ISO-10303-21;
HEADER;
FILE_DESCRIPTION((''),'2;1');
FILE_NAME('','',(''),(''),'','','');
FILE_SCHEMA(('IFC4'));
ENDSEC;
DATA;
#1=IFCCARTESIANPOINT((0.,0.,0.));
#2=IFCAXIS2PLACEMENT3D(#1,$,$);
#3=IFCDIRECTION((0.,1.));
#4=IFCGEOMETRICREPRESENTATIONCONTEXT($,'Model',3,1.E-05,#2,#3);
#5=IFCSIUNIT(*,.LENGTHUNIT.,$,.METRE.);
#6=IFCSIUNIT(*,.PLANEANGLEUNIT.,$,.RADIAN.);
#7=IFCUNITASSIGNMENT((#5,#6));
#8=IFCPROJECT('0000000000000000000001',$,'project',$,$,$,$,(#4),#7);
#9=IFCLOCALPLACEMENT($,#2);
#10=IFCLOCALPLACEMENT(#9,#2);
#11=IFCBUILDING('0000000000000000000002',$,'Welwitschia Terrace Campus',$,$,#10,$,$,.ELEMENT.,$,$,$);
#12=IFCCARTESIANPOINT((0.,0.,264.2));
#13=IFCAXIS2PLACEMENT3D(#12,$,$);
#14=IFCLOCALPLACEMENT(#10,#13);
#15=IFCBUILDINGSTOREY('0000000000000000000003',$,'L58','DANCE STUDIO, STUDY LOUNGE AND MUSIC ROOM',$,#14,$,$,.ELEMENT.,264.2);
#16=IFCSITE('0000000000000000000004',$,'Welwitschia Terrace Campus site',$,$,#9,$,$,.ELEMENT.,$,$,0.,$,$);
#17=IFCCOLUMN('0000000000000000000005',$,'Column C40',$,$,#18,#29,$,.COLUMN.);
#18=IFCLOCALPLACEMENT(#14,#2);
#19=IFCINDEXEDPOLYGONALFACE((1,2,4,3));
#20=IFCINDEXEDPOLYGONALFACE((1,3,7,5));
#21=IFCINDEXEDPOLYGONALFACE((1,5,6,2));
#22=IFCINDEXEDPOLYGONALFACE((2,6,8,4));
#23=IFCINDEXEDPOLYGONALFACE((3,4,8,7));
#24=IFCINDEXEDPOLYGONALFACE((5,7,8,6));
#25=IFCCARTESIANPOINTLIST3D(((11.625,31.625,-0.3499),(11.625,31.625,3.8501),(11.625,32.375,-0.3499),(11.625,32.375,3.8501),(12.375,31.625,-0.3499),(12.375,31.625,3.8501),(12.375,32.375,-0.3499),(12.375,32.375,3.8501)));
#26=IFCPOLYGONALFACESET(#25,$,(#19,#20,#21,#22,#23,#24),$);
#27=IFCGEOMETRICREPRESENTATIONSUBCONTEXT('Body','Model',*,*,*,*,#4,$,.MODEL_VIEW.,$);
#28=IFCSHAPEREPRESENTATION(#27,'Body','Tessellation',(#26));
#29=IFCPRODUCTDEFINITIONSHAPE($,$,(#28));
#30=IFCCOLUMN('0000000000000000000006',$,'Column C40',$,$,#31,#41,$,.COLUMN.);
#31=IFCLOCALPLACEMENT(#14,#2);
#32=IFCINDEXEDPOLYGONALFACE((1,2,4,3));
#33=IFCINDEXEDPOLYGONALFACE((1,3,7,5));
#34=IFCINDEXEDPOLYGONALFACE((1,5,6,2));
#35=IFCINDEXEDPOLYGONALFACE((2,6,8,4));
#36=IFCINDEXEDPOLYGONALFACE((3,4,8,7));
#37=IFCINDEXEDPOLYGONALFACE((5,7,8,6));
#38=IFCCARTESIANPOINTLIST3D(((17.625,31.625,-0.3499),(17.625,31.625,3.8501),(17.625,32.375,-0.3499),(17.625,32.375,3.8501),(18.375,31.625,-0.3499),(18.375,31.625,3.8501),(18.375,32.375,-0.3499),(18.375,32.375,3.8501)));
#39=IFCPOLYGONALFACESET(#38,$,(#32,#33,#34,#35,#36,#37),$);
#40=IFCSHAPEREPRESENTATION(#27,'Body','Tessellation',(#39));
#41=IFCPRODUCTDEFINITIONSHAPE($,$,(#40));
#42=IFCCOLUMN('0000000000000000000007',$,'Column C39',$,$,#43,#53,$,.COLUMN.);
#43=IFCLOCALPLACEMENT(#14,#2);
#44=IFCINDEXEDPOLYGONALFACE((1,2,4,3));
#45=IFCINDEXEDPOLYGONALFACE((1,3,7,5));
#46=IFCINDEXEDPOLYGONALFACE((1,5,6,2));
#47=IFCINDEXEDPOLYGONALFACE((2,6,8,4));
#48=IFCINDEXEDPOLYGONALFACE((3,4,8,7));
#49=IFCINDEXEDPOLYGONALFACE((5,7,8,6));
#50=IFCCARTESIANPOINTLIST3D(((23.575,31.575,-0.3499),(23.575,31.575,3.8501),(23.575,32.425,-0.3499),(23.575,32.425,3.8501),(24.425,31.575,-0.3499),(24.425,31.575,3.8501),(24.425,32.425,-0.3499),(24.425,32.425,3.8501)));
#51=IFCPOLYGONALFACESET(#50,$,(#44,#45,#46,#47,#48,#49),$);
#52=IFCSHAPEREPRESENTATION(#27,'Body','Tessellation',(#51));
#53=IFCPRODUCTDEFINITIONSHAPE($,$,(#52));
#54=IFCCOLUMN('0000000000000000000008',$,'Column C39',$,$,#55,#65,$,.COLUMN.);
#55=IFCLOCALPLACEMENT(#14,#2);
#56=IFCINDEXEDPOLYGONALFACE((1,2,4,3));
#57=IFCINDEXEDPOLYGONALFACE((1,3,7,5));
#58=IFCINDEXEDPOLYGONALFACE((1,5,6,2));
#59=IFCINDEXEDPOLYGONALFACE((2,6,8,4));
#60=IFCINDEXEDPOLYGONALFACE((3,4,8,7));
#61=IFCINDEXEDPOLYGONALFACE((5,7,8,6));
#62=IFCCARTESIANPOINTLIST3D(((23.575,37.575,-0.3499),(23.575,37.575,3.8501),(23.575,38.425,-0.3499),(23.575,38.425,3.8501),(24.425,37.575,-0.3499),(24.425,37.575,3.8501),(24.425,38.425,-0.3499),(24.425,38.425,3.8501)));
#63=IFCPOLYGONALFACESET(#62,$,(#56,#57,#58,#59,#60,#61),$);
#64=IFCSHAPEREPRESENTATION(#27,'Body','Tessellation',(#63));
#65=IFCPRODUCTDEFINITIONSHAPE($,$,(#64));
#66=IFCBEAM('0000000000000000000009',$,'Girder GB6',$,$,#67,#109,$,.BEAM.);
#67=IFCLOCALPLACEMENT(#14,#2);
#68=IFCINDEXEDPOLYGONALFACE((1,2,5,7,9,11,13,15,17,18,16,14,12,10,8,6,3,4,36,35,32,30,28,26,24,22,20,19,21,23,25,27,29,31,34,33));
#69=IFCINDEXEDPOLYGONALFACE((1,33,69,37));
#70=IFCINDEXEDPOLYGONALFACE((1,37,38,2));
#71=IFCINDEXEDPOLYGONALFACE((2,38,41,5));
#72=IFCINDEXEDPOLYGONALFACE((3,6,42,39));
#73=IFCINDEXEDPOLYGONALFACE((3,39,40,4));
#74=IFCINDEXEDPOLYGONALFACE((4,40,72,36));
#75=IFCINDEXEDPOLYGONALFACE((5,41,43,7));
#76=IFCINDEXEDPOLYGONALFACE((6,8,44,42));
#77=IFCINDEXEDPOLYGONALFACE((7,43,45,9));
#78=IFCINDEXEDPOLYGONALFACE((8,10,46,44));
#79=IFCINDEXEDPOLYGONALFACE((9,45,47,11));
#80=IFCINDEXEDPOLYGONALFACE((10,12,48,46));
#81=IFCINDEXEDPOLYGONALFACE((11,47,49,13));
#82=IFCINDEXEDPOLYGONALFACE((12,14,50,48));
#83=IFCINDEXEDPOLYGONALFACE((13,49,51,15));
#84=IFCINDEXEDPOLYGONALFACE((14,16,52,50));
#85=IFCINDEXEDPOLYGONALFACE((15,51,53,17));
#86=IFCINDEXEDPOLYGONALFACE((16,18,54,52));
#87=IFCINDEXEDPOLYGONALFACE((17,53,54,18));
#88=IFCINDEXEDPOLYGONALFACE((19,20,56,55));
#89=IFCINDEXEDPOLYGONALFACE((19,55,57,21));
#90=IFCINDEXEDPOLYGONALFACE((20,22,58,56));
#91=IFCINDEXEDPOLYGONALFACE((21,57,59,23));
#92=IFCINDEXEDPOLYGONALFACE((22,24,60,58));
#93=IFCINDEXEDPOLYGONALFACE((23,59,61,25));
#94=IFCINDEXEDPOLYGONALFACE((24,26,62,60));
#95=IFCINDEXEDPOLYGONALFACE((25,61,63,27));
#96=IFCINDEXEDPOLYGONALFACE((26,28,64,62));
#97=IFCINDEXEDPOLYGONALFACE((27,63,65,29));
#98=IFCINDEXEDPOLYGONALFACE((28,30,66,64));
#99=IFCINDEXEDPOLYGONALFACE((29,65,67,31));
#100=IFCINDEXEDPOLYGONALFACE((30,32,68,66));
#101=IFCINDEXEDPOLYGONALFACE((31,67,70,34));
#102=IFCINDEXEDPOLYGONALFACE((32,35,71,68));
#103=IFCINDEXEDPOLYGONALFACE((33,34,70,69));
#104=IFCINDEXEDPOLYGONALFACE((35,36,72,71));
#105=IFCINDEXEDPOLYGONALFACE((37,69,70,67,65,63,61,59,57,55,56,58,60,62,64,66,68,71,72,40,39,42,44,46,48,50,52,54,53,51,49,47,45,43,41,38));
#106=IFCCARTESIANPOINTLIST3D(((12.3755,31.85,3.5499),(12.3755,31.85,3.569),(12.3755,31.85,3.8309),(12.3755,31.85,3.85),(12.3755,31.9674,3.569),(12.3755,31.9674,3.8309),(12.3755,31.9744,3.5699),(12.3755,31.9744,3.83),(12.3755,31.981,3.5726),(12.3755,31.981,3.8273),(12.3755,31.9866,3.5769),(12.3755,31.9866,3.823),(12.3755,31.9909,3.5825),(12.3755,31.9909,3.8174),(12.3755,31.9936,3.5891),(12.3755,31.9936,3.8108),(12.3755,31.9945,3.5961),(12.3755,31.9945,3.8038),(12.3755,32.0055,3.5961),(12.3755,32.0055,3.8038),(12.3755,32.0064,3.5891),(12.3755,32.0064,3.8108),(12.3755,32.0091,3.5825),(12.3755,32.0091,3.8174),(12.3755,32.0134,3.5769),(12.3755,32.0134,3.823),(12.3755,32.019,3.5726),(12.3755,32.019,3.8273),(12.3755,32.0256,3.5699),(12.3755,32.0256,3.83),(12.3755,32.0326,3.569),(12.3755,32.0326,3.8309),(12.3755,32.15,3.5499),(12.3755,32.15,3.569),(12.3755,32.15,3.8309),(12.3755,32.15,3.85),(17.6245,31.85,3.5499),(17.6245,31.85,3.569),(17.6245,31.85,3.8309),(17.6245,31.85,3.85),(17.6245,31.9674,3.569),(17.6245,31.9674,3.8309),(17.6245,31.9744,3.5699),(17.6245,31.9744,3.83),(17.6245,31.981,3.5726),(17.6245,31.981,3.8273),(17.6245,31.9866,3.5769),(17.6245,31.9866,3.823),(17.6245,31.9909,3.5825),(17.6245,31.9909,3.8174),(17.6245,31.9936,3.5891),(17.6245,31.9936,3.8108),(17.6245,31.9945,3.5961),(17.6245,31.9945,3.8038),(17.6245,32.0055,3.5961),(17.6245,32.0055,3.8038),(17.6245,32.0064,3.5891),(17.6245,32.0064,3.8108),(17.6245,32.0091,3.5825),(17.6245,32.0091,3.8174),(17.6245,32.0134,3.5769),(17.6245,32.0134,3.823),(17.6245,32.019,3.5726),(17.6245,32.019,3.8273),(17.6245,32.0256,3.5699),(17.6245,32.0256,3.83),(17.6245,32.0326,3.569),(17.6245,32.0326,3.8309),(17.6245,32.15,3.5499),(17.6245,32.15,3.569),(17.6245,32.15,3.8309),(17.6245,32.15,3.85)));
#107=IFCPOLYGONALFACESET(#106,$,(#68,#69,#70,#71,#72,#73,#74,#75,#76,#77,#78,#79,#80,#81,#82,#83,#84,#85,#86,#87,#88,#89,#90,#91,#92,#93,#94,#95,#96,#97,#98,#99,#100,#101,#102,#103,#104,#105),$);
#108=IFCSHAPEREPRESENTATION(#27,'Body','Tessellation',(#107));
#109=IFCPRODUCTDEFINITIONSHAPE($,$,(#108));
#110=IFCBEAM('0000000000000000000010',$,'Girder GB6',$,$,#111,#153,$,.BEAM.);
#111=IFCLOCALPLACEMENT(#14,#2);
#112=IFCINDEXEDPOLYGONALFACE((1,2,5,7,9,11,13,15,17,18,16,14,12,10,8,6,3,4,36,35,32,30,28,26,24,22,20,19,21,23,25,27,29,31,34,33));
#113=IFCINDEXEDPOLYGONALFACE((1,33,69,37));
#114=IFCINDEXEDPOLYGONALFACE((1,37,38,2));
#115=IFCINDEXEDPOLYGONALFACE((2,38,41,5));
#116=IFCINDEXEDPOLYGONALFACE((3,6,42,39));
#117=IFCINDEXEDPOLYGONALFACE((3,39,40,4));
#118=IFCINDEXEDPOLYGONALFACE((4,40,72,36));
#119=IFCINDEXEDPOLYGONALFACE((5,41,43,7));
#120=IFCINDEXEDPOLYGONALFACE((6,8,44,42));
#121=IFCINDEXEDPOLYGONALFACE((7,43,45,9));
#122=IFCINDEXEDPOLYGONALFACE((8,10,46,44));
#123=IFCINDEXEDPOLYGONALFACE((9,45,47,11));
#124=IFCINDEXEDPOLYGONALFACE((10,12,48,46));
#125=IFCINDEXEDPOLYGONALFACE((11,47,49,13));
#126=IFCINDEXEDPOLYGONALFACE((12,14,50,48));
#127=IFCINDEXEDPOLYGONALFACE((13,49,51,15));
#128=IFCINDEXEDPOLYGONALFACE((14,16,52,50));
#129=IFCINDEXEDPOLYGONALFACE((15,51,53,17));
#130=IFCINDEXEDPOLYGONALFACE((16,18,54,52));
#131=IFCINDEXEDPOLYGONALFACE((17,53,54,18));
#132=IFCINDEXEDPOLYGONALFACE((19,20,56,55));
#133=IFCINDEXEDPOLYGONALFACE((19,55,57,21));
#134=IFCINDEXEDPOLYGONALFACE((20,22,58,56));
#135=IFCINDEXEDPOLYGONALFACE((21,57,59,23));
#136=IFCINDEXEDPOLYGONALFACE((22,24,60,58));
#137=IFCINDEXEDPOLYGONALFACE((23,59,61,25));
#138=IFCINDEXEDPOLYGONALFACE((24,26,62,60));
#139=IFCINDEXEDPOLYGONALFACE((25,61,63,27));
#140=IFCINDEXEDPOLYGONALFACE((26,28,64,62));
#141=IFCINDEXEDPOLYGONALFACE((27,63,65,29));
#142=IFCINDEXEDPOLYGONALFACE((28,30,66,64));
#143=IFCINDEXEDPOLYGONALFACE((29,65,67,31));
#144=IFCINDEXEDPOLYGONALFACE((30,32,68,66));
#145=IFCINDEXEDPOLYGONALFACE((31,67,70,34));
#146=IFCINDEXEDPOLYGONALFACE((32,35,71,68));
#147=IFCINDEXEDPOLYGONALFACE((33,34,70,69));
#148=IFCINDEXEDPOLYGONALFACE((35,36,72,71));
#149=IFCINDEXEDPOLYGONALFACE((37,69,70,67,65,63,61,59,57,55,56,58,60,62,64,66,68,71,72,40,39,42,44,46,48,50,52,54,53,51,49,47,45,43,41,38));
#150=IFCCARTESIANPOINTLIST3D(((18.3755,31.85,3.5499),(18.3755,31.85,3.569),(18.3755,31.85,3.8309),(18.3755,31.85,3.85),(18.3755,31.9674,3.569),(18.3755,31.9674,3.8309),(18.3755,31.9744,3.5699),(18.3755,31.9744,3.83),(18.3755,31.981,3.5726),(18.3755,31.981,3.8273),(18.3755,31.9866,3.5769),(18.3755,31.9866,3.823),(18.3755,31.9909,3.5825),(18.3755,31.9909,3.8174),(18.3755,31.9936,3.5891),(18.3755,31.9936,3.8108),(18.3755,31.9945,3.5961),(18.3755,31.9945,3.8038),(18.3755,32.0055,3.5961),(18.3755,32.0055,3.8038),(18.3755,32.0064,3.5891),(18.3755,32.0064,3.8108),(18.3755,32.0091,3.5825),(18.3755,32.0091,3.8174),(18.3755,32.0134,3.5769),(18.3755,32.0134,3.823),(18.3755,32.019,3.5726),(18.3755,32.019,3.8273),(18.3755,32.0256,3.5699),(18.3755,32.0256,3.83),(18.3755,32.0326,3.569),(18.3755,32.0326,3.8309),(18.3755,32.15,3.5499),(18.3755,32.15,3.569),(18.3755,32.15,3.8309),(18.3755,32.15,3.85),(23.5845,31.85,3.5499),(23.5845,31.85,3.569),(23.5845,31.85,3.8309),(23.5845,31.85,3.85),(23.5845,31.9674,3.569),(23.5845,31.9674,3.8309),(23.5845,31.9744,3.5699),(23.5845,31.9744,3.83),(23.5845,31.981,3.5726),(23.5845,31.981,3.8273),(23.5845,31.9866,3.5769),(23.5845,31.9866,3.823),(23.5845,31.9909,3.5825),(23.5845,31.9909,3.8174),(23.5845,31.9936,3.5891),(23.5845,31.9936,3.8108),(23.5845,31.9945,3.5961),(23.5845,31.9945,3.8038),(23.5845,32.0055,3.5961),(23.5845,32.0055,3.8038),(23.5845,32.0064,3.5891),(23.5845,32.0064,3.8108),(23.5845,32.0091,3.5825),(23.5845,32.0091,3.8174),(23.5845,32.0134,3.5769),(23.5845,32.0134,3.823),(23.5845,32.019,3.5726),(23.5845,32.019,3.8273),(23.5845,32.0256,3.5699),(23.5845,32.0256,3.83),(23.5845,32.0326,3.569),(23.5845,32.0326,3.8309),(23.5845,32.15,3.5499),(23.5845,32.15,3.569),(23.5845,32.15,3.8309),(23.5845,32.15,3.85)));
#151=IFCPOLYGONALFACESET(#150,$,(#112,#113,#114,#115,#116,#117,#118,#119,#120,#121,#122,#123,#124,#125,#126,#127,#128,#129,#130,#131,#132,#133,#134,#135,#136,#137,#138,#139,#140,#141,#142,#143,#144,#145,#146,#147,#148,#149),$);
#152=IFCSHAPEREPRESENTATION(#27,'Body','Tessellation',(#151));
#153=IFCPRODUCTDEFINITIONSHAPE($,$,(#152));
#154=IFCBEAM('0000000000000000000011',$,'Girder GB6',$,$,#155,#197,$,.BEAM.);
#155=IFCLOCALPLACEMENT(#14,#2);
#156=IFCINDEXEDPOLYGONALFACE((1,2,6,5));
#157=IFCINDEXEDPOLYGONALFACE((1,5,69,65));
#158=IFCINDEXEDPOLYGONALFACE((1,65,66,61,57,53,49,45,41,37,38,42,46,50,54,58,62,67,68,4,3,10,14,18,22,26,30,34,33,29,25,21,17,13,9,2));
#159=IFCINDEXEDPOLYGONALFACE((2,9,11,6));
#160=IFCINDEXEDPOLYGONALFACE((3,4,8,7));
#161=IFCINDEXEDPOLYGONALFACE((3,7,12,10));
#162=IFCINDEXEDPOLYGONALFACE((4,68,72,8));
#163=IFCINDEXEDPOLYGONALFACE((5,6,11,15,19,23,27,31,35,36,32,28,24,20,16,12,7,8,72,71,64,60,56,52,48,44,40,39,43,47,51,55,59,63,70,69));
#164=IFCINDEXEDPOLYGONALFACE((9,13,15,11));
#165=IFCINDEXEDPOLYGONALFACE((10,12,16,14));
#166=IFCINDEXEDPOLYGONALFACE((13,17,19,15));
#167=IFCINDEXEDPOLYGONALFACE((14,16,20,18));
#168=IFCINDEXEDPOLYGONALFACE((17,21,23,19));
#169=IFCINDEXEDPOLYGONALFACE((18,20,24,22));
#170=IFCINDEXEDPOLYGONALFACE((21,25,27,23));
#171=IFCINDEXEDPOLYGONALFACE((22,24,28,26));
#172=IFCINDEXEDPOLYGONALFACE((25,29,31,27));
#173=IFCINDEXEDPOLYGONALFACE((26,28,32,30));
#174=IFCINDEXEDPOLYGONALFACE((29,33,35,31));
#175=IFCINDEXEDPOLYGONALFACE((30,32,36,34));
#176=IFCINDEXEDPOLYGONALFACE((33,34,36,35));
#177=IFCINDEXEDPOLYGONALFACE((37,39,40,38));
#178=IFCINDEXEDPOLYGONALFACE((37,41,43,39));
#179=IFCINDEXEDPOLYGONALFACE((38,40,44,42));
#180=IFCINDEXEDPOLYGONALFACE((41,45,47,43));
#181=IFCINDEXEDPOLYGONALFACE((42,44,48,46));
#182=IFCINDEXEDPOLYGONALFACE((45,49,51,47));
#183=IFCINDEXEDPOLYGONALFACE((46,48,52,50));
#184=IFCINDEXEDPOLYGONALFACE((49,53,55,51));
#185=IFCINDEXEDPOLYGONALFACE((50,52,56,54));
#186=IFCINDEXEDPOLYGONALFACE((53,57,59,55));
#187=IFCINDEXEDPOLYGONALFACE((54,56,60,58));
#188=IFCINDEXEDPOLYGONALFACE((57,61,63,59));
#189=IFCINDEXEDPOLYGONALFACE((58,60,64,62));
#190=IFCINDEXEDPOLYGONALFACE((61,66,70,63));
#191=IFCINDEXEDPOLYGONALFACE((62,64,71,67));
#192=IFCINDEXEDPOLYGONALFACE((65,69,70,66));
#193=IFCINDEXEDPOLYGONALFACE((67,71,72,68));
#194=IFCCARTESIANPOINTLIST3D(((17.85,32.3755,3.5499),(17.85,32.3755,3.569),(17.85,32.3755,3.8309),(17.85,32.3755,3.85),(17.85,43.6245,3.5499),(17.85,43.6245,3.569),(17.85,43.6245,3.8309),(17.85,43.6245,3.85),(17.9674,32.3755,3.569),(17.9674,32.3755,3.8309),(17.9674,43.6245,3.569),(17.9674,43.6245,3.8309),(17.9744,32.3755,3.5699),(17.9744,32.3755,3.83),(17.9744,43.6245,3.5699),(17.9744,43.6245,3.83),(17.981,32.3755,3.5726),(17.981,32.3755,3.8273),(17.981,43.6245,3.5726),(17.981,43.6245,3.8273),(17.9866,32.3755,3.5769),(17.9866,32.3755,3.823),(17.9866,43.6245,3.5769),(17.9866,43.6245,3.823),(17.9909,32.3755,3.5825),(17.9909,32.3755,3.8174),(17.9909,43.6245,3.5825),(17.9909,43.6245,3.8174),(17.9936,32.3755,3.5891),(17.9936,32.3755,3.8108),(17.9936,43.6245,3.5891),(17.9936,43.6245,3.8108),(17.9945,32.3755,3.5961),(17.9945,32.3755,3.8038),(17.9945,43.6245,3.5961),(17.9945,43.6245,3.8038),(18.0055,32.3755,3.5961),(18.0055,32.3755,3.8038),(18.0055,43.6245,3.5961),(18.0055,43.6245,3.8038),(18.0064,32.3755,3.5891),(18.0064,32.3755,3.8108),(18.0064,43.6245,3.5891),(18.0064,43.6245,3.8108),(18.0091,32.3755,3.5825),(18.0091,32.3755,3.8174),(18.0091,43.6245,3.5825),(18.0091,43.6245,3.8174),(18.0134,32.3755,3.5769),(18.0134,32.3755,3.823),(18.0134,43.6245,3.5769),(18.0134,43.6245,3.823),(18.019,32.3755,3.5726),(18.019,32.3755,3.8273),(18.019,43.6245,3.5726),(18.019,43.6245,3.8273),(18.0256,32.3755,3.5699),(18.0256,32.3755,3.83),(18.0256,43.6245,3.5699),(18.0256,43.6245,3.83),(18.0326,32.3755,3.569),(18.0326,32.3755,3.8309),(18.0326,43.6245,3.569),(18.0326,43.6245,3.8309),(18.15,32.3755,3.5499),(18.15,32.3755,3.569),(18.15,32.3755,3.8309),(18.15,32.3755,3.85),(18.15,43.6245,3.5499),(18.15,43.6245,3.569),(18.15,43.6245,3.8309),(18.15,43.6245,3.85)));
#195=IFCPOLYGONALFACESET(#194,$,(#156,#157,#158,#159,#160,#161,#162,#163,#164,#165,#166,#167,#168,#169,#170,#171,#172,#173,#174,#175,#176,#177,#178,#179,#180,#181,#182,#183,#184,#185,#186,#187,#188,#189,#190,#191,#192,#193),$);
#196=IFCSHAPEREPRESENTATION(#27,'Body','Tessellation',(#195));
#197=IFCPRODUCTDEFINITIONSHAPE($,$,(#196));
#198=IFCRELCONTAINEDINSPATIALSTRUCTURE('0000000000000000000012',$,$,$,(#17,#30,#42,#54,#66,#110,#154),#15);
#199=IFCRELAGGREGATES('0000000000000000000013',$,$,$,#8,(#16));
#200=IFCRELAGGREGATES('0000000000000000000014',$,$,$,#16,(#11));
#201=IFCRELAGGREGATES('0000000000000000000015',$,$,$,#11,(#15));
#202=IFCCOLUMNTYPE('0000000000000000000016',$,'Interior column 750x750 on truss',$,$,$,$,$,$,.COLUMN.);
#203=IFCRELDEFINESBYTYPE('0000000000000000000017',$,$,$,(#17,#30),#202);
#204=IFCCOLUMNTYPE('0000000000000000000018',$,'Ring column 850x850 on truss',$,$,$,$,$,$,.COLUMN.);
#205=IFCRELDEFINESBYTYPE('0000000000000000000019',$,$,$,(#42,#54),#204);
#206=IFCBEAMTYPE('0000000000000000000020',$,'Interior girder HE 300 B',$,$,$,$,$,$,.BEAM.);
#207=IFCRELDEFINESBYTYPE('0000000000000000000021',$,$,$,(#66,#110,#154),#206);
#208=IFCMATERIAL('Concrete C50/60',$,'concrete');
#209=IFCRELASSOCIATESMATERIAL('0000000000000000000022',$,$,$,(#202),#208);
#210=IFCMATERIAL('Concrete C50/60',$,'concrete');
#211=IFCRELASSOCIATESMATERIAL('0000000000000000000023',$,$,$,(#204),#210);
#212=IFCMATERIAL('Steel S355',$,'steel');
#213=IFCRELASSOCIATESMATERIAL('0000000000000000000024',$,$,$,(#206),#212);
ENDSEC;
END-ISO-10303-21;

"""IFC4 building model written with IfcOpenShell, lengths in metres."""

from ifc_helpers import new_model, si_unit, direction, frame, origin, origin_2d, place, context, subcontext, project, spatial, rectangle, i_section, extrude, material, material_profile, profile_set, type_object, element, save


model = new_model("IFC4")

# Units and contexts
model_context = context("Model", 3, precision=1e-05, world=origin(), true_north=direction((0.0, 1.0)))
body_context = subcontext(model_context, "Body", "Model", "MODEL_VIEW")
ifc_project = project(units=[si_unit("LENGTHUNIT", "METRE"), si_unit("PLANEANGLEUNIT", "RADIAN")], contexts=[model_context])

# Site, building, storey
site_placement = place(None, origin())
site = spatial("IfcSite", under=ifc_project, at=site_placement, Name="Welwitschia Terrace Campus site", CompositionType="ELEMENT", RefElevation=0.0)
building_placement = place(site_placement, origin())
building = spatial("IfcBuilding", under=site, at=building_placement, Name="Welwitschia Terrace Campus", CompositionType="ELEMENT")
storey_placement = place(building_placement, frame((0.0, 0.0, 264.2)))
storey = spatial("IfcBuildingStorey", under=building, at=storey_placement, Name="L58", Description="DANCE STUDIO, STUDY LOUNGE AND MUSIC ROOM", CompositionType="ELEMENT", Elevation=264.2)

# Columns
ifc_material_1 = material(Name="Concrete C50/60", Category="concrete")
ifc_material_profile_1 = material_profile(ifc_material_1, rectangle(XDim=0.75, YDim=0.75, at=origin_2d()))
ifc_profile_set_1 = profile_set([ifc_material_profile_1], Name="Concrete C50/60")
column_type_1 = type_object("IfcColumnType", Name="Interior column 750x750 on truss", PredefinedType="COLUMN", material=ifc_profile_set_1)
for number, where, z_axis, x_axis, name in (
    (1, (12.0, 32.0, -0.3499), (0.0, 0.0, 1.0), (1.0, 0.0, 0.0), "Column C40"),
    (2, (18.0, 32.0, -0.3499), (0.0, 0.0, 1.0), (1.0, 0.0, 0.0), "Column C40"),
):
    element("IfcColumn", number, at=place(storey_placement, frame(where, z_axis=z_axis, x_axis=x_axis)), inside=storey, type_object=column_type_1, Name=name, PredefinedType="COLUMN", context=body_context, shape_type="SweptSolid", body=[
        extrude(rectangle(XDim=0.75, YDim=0.75, at=origin_2d()), origin(), (0.0, 0.0, 1.0), 4.2),
    ])
ifc_material_2 = material(Name="Concrete C50/60", Category="concrete")
ifc_material_profile_2 = material_profile(ifc_material_2, rectangle(XDim=0.8501, YDim=0.8501, at=origin_2d()))
ifc_profile_set_2 = profile_set([ifc_material_profile_2], Name="Concrete C50/60")
column_type_2 = type_object("IfcColumnType", Name="Ring column 850x850 on truss", PredefinedType="COLUMN", material=ifc_profile_set_2)
for number, where, z_axis, x_axis, name in (
    (3, (24.0, 32.0, -0.3499), (0.0, 0.0, 1.0), (1.0, 0.0, 0.0), "Column C39"),
    (4, (24.0, 38.0, -0.3499), (0.0, 0.0, 1.0), (1.0, 0.0, 0.0), "Column C39"),
):
    element("IfcColumn", number, at=place(storey_placement, frame(where, z_axis=z_axis, x_axis=x_axis)), inside=storey, type_object=column_type_2, Name=name, PredefinedType="COLUMN", context=body_context, shape_type="SweptSolid", body=[
        extrude(rectangle(XDim=0.8501, YDim=0.8501, at=origin_2d()), origin(), (0.0, 0.0, 1.0), 4.2),
    ])

# Beams
ifc_material_3 = material(Name="Steel S355", Category="steel")
ifc_material_profile_3 = material_profile(ifc_material_3, i_section(OverallWidth=0.3, OverallDepth=0.3, WebThickness=0.011, FlangeThickness=0.019, FilletRadius=0.0271, at=origin_2d()))
ifc_profile_set_3 = profile_set([ifc_material_profile_3], Name="Steel S355")
beam_type_1 = type_object("IfcBeamType", Name="Interior girder HE 300 B", PredefinedType="BEAM", material=ifc_profile_set_3)
beam_1_placement = place(storey_placement, frame((12.3755, 32.0, 3.7), z_axis=(1.0, 0.0, 0.0), x_axis=(0.0, 1.0, 0.0)))
element("IfcBeam", 5, at=beam_1_placement, inside=storey, type_object=beam_type_1, Name="Girder GB6", PredefinedType="BEAM", context=body_context, shape_type="SweptSolid", body=[
    extrude(i_section(OverallWidth=0.3, OverallDepth=0.3, WebThickness=0.011, FlangeThickness=0.019, FilletRadius=0.0271, at=origin_2d()), origin(), (0.0, 0.0, 1.0), 5.249),
])
beam_2_placement = place(storey_placement, frame((18.3755, 32.0, 3.7), z_axis=(1.0, 0.0, 0.0), x_axis=(0.0, 1.0, 0.0)))
element("IfcBeam", 6, at=beam_2_placement, inside=storey, type_object=beam_type_1, Name="Girder GB6", PredefinedType="BEAM", context=body_context, shape_type="SweptSolid", body=[
    extrude(i_section(OverallWidth=0.3, OverallDepth=0.3, WebThickness=0.011, FlangeThickness=0.019, FilletRadius=0.0271, at=origin_2d()), origin(), (0.0, 0.0, 1.0), 5.209),
])
beam_3_placement = place(storey_placement, frame((18.0, 32.3755, 3.7), z_axis=(0.0, 1.0, 0.0), x_axis=(-1.0, 0.0, 0.0)))
element("IfcBeam", 7, at=beam_3_placement, inside=storey, type_object=beam_type_1, Name="Girder GB6", PredefinedType="BEAM", context=body_context, shape_type="SweptSolid", body=[
    extrude(i_section(OverallWidth=0.3, OverallDepth=0.3, WebThickness=0.011, FlangeThickness=0.019, FilletRadius=0.0271, at=origin_2d()), origin(), (0.0, 0.0, 1.0), 11.249),
])

save(model, "model.ifc")
